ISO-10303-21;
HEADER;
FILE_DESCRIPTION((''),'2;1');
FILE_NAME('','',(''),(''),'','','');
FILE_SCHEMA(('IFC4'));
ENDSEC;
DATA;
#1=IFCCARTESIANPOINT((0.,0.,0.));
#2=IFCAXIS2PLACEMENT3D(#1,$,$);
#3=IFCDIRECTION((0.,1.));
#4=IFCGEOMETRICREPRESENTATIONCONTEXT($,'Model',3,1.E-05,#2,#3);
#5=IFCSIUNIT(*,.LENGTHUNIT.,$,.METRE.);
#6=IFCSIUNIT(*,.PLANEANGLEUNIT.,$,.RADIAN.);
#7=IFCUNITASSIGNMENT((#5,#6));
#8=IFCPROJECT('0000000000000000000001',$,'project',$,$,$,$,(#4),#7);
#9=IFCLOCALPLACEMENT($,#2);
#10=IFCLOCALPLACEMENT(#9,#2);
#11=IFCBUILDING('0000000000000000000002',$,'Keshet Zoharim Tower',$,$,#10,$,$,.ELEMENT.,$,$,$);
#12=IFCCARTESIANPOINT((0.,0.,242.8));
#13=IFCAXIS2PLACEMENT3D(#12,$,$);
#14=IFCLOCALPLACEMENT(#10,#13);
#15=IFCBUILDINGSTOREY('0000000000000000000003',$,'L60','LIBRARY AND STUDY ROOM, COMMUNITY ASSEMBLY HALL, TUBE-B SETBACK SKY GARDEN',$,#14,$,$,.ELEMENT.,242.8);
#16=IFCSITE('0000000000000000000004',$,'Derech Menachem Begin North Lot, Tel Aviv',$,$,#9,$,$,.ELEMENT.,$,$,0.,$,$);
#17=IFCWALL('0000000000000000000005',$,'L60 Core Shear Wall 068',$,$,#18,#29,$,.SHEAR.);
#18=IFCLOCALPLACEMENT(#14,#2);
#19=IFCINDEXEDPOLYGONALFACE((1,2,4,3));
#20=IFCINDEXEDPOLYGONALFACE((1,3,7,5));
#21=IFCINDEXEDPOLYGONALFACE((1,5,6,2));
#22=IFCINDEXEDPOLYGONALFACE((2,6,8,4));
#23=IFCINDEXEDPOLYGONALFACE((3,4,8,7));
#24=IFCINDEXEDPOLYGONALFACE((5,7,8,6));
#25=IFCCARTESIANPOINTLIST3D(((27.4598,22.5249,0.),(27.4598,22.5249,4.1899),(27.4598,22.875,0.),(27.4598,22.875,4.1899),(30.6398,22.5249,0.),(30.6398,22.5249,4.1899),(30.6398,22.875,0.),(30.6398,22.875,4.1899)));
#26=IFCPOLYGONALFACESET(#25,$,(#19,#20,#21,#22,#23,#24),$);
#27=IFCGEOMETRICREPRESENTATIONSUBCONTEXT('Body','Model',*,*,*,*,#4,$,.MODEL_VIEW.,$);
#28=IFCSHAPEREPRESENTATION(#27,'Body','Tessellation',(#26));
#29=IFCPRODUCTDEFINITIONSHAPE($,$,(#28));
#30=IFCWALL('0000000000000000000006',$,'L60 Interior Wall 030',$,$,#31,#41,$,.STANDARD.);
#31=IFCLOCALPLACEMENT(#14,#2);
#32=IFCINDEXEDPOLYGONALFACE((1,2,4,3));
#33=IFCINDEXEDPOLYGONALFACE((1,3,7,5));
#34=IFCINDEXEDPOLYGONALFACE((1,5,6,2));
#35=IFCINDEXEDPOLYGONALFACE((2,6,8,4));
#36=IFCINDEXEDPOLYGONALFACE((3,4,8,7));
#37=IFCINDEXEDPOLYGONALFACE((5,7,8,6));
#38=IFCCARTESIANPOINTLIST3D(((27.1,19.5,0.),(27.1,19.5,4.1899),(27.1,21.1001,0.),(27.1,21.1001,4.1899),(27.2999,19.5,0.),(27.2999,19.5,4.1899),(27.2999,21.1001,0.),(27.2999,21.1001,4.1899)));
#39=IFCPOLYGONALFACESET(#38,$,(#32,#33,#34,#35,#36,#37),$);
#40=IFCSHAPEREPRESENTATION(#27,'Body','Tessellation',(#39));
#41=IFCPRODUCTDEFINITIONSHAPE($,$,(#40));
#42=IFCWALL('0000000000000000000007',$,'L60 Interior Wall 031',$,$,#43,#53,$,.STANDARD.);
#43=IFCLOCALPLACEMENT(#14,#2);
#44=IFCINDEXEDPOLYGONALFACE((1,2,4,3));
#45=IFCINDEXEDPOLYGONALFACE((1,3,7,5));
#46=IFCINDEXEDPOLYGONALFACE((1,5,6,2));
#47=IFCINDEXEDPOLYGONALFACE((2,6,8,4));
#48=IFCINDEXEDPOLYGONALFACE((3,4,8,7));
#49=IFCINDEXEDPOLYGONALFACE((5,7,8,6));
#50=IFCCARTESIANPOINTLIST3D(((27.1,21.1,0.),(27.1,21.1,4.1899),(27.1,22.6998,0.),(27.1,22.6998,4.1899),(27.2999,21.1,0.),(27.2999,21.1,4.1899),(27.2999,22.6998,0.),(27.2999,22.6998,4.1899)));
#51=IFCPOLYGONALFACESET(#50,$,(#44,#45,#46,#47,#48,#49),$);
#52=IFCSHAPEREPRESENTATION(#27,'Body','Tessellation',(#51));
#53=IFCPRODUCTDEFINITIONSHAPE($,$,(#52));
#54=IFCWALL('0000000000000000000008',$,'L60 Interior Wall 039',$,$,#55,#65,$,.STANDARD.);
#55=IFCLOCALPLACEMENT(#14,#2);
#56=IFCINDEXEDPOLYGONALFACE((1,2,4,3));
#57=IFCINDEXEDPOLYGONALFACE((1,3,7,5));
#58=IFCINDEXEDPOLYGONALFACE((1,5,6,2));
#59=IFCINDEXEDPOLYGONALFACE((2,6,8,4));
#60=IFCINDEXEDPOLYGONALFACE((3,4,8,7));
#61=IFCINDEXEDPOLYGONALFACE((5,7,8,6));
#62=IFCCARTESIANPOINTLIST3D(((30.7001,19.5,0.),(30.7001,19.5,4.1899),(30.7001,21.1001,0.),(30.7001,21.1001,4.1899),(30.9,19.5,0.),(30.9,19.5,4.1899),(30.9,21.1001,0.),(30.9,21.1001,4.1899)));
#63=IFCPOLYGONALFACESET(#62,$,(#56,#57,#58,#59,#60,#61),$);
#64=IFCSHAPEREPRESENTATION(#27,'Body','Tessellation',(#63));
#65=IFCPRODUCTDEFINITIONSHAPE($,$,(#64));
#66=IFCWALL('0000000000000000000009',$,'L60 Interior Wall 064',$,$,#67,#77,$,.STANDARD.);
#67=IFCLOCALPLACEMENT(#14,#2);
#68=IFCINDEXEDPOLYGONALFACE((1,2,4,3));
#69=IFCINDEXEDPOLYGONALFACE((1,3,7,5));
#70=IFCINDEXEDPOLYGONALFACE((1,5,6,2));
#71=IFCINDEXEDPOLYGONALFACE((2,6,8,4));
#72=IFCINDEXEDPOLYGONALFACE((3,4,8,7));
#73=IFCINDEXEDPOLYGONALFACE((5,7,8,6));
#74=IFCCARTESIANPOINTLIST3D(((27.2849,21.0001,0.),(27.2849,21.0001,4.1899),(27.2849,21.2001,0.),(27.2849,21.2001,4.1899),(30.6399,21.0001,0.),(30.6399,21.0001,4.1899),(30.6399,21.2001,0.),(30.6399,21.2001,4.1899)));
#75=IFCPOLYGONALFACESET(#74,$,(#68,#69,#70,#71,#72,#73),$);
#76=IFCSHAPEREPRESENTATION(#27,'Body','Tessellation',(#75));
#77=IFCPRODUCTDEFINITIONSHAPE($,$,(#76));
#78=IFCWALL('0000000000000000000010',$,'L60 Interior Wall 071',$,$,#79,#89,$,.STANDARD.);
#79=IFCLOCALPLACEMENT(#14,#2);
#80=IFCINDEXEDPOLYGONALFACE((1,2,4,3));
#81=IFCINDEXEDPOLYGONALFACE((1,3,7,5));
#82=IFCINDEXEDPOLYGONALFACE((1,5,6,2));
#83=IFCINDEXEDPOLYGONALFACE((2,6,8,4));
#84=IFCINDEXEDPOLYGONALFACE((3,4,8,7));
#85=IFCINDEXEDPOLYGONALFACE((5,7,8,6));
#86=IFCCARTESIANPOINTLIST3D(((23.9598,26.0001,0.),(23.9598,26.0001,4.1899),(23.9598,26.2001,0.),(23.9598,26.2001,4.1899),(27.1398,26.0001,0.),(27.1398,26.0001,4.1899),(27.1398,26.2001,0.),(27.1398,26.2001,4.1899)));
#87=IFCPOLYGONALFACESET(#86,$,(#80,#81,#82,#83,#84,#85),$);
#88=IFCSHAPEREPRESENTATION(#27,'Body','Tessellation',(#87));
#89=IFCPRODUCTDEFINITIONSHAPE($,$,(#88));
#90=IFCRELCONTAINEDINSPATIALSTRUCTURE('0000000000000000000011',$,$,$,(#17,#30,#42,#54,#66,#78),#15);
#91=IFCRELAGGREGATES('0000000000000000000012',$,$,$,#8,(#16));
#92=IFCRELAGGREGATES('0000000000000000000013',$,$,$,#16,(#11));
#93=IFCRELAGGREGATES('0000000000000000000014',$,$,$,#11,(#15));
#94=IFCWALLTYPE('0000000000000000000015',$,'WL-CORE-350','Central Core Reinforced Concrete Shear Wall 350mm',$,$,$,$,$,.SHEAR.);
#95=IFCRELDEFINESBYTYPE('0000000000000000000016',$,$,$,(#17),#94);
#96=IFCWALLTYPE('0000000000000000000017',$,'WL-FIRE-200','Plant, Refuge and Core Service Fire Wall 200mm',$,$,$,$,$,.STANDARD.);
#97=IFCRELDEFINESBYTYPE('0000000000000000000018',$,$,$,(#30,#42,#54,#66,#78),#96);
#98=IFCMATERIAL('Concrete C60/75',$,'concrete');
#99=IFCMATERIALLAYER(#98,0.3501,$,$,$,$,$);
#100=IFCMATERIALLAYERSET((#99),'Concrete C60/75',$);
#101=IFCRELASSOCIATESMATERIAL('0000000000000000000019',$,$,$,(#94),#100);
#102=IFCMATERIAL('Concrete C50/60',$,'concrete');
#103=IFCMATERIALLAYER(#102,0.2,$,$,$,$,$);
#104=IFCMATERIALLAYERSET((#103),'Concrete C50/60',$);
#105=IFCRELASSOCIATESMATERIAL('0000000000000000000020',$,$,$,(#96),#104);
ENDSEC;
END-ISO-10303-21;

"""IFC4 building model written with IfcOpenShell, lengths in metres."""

from ifc_helpers import new_model, si_unit, direction, frame, frame_2d, origin, place, context, subcontext, project, spatial, rectangle, extrude, material, layer, layer_set, type_object, element, save


model = new_model("IFC4")

# Units and contexts
model_context = context("Model", 3, precision=1e-05, world=origin(), true_north=direction((0.0, 1.0)))
body_context = subcontext(model_context, "Body", "Model", "MODEL_VIEW")
ifc_project = project(units=[si_unit("LENGTHUNIT", "METRE"), si_unit("PLANEANGLEUNIT", "RADIAN")], contexts=[model_context])

# Site, building, storey
site_placement = place(None, origin())
site = spatial("IfcSite", under=ifc_project, at=site_placement, Name="Derech Menachem Begin North Lot, Tel Aviv", CompositionType="ELEMENT", RefElevation=0.0)
building_placement = place(site_placement, origin())
building = spatial("IfcBuilding", under=site, at=building_placement, Name="Keshet Zoharim Tower", CompositionType="ELEMENT")
storey_placement = place(building_placement, frame((0.0, 0.0, 242.8)))
storey = spatial("IfcBuildingStorey", under=building, at=storey_placement, Name="L60", Description="LIBRARY AND STUDY ROOM, COMMUNITY ASSEMBLY HALL, TUBE-B SETBACK SKY GARDEN", CompositionType="ELEMENT", Elevation=242.8)

# Shared definitions
ifc_material_1 = material(Name="Concrete C60/75", Category="concrete")
ifc_layer_1 = layer(ifc_material_1, 0.3501)
ifc_layer_set_1 = layer_set([ifc_layer_1], Name="Concrete C60/75")
wall_type_1 = type_object("IfcWallType", Name="WL-CORE-350", Description="Central Core Reinforced Concrete Shear Wall 350mm", PredefinedType="SHEAR", material=ifc_layer_set_1)

# Wall
wall_1_placement = place(storey_placement, frame((27.46, 22.7, 0.0), z_axis=(0.0, 0.0, 1.0), x_axis=(1.0, 0.0, 0.0)))
element("IfcWall", 1, at=wall_1_placement, inside=storey, type_object=wall_type_1, Name="L60 Core Shear Wall 068", PredefinedType="SHEAR", context=body_context, shape_type="SweptSolid", body=[
    extrude(rectangle(XDim=3.1799, YDim=0.3501, at=frame_2d((1.5898, 0.0))), origin(), (0.0, 0.0, 1.0), 4.1899),
])

# Walls
ifc_material_2 = material(Name="Concrete C50/60", Category="concrete")
ifc_layer_2 = layer(ifc_material_2, 0.2)
ifc_layer_set_2 = layer_set([ifc_layer_2], Name="Concrete C50/60")
wall_type_2 = type_object("IfcWallType", Name="WL-FIRE-200", Description="Plant, Refuge and Core Service Fire Wall 200mm", PredefinedType="STANDARD", material=ifc_layer_set_2)
wall_2_placement = place(storey_placement, frame((27.2, 19.5, 0.0), z_axis=(0.0, 0.0, 1.0), x_axis=(0.0, 1.0, 0.0)))
element("IfcWall", 2, at=wall_2_placement, inside=storey, type_object=wall_type_2, Name="L60 Interior Wall 030", PredefinedType="STANDARD", context=body_context, shape_type="SweptSolid", body=[
    extrude(rectangle(XDim=1.6001, YDim=0.2, at=frame_2d((0.8, 0.0))), origin(), (0.0, 0.0, 1.0), 4.1899),
])
wall_3_placement = place(storey_placement, frame((27.2, 21.1001, 0.0), z_axis=(0.0, 0.0, 1.0), x_axis=(0.0, 1.0, 0.0)))
element("IfcWall", 3, at=wall_3_placement, inside=storey, type_object=wall_type_2, Name="L60 Interior Wall 031", PredefinedType="STANDARD", context=body_context, shape_type="SweptSolid", body=[
    extrude(rectangle(XDim=1.5999, YDim=0.2, at=frame_2d((0.7998, 0.0))), origin(), (0.0, 0.0, 1.0), 4.1899),
])
wall_4_placement = place(storey_placement, frame((30.8, 19.5, 0.0), z_axis=(0.0, 0.0, 1.0), x_axis=(0.0, 1.0, 0.0)))
element("IfcWall", 4, at=wall_4_placement, inside=storey, type_object=wall_type_2, Name="L60 Interior Wall 039", PredefinedType="STANDARD", context=body_context, shape_type="SweptSolid", body=[
    extrude(rectangle(XDim=1.6001, YDim=0.2, at=frame_2d((0.8, 0.0))), origin(), (0.0, 0.0, 1.0), 4.1899),
])

# Walls
wall_5_placement = place(storey_placement, frame((27.2849, 21.1001, 0.0), z_axis=(0.0, 0.0, 1.0), x_axis=(1.0, 0.0, 0.0)))
element("IfcWall", 5, at=wall_5_placement, inside=storey, type_object=wall_type_2, Name="L60 Interior Wall 064", PredefinedType="STANDARD", context=body_context, shape_type="SweptSolid", body=[
    extrude(rectangle(XDim=3.355, YDim=0.2, at=frame_2d((1.6775, 0.0))), origin(), (0.0, 0.0, 1.0), 4.1899),
])
wall_6_placement = place(storey_placement, frame((23.96, 26.1001, 0.0), z_axis=(0.0, 0.0, 1.0), x_axis=(1.0, 0.0, 0.0)))
element("IfcWall", 6, at=wall_6_placement, inside=storey, type_object=wall_type_2, Name="L60 Interior Wall 071", PredefinedType="STANDARD", context=body_context, shape_type="SweptSolid", body=[
    extrude(rectangle(XDim=3.1799, YDim=0.2, at=frame_2d((1.5898, 0.0))), origin(), (0.0, 0.0, 1.0), 4.1899),
])

save(model, "model.ifc")
